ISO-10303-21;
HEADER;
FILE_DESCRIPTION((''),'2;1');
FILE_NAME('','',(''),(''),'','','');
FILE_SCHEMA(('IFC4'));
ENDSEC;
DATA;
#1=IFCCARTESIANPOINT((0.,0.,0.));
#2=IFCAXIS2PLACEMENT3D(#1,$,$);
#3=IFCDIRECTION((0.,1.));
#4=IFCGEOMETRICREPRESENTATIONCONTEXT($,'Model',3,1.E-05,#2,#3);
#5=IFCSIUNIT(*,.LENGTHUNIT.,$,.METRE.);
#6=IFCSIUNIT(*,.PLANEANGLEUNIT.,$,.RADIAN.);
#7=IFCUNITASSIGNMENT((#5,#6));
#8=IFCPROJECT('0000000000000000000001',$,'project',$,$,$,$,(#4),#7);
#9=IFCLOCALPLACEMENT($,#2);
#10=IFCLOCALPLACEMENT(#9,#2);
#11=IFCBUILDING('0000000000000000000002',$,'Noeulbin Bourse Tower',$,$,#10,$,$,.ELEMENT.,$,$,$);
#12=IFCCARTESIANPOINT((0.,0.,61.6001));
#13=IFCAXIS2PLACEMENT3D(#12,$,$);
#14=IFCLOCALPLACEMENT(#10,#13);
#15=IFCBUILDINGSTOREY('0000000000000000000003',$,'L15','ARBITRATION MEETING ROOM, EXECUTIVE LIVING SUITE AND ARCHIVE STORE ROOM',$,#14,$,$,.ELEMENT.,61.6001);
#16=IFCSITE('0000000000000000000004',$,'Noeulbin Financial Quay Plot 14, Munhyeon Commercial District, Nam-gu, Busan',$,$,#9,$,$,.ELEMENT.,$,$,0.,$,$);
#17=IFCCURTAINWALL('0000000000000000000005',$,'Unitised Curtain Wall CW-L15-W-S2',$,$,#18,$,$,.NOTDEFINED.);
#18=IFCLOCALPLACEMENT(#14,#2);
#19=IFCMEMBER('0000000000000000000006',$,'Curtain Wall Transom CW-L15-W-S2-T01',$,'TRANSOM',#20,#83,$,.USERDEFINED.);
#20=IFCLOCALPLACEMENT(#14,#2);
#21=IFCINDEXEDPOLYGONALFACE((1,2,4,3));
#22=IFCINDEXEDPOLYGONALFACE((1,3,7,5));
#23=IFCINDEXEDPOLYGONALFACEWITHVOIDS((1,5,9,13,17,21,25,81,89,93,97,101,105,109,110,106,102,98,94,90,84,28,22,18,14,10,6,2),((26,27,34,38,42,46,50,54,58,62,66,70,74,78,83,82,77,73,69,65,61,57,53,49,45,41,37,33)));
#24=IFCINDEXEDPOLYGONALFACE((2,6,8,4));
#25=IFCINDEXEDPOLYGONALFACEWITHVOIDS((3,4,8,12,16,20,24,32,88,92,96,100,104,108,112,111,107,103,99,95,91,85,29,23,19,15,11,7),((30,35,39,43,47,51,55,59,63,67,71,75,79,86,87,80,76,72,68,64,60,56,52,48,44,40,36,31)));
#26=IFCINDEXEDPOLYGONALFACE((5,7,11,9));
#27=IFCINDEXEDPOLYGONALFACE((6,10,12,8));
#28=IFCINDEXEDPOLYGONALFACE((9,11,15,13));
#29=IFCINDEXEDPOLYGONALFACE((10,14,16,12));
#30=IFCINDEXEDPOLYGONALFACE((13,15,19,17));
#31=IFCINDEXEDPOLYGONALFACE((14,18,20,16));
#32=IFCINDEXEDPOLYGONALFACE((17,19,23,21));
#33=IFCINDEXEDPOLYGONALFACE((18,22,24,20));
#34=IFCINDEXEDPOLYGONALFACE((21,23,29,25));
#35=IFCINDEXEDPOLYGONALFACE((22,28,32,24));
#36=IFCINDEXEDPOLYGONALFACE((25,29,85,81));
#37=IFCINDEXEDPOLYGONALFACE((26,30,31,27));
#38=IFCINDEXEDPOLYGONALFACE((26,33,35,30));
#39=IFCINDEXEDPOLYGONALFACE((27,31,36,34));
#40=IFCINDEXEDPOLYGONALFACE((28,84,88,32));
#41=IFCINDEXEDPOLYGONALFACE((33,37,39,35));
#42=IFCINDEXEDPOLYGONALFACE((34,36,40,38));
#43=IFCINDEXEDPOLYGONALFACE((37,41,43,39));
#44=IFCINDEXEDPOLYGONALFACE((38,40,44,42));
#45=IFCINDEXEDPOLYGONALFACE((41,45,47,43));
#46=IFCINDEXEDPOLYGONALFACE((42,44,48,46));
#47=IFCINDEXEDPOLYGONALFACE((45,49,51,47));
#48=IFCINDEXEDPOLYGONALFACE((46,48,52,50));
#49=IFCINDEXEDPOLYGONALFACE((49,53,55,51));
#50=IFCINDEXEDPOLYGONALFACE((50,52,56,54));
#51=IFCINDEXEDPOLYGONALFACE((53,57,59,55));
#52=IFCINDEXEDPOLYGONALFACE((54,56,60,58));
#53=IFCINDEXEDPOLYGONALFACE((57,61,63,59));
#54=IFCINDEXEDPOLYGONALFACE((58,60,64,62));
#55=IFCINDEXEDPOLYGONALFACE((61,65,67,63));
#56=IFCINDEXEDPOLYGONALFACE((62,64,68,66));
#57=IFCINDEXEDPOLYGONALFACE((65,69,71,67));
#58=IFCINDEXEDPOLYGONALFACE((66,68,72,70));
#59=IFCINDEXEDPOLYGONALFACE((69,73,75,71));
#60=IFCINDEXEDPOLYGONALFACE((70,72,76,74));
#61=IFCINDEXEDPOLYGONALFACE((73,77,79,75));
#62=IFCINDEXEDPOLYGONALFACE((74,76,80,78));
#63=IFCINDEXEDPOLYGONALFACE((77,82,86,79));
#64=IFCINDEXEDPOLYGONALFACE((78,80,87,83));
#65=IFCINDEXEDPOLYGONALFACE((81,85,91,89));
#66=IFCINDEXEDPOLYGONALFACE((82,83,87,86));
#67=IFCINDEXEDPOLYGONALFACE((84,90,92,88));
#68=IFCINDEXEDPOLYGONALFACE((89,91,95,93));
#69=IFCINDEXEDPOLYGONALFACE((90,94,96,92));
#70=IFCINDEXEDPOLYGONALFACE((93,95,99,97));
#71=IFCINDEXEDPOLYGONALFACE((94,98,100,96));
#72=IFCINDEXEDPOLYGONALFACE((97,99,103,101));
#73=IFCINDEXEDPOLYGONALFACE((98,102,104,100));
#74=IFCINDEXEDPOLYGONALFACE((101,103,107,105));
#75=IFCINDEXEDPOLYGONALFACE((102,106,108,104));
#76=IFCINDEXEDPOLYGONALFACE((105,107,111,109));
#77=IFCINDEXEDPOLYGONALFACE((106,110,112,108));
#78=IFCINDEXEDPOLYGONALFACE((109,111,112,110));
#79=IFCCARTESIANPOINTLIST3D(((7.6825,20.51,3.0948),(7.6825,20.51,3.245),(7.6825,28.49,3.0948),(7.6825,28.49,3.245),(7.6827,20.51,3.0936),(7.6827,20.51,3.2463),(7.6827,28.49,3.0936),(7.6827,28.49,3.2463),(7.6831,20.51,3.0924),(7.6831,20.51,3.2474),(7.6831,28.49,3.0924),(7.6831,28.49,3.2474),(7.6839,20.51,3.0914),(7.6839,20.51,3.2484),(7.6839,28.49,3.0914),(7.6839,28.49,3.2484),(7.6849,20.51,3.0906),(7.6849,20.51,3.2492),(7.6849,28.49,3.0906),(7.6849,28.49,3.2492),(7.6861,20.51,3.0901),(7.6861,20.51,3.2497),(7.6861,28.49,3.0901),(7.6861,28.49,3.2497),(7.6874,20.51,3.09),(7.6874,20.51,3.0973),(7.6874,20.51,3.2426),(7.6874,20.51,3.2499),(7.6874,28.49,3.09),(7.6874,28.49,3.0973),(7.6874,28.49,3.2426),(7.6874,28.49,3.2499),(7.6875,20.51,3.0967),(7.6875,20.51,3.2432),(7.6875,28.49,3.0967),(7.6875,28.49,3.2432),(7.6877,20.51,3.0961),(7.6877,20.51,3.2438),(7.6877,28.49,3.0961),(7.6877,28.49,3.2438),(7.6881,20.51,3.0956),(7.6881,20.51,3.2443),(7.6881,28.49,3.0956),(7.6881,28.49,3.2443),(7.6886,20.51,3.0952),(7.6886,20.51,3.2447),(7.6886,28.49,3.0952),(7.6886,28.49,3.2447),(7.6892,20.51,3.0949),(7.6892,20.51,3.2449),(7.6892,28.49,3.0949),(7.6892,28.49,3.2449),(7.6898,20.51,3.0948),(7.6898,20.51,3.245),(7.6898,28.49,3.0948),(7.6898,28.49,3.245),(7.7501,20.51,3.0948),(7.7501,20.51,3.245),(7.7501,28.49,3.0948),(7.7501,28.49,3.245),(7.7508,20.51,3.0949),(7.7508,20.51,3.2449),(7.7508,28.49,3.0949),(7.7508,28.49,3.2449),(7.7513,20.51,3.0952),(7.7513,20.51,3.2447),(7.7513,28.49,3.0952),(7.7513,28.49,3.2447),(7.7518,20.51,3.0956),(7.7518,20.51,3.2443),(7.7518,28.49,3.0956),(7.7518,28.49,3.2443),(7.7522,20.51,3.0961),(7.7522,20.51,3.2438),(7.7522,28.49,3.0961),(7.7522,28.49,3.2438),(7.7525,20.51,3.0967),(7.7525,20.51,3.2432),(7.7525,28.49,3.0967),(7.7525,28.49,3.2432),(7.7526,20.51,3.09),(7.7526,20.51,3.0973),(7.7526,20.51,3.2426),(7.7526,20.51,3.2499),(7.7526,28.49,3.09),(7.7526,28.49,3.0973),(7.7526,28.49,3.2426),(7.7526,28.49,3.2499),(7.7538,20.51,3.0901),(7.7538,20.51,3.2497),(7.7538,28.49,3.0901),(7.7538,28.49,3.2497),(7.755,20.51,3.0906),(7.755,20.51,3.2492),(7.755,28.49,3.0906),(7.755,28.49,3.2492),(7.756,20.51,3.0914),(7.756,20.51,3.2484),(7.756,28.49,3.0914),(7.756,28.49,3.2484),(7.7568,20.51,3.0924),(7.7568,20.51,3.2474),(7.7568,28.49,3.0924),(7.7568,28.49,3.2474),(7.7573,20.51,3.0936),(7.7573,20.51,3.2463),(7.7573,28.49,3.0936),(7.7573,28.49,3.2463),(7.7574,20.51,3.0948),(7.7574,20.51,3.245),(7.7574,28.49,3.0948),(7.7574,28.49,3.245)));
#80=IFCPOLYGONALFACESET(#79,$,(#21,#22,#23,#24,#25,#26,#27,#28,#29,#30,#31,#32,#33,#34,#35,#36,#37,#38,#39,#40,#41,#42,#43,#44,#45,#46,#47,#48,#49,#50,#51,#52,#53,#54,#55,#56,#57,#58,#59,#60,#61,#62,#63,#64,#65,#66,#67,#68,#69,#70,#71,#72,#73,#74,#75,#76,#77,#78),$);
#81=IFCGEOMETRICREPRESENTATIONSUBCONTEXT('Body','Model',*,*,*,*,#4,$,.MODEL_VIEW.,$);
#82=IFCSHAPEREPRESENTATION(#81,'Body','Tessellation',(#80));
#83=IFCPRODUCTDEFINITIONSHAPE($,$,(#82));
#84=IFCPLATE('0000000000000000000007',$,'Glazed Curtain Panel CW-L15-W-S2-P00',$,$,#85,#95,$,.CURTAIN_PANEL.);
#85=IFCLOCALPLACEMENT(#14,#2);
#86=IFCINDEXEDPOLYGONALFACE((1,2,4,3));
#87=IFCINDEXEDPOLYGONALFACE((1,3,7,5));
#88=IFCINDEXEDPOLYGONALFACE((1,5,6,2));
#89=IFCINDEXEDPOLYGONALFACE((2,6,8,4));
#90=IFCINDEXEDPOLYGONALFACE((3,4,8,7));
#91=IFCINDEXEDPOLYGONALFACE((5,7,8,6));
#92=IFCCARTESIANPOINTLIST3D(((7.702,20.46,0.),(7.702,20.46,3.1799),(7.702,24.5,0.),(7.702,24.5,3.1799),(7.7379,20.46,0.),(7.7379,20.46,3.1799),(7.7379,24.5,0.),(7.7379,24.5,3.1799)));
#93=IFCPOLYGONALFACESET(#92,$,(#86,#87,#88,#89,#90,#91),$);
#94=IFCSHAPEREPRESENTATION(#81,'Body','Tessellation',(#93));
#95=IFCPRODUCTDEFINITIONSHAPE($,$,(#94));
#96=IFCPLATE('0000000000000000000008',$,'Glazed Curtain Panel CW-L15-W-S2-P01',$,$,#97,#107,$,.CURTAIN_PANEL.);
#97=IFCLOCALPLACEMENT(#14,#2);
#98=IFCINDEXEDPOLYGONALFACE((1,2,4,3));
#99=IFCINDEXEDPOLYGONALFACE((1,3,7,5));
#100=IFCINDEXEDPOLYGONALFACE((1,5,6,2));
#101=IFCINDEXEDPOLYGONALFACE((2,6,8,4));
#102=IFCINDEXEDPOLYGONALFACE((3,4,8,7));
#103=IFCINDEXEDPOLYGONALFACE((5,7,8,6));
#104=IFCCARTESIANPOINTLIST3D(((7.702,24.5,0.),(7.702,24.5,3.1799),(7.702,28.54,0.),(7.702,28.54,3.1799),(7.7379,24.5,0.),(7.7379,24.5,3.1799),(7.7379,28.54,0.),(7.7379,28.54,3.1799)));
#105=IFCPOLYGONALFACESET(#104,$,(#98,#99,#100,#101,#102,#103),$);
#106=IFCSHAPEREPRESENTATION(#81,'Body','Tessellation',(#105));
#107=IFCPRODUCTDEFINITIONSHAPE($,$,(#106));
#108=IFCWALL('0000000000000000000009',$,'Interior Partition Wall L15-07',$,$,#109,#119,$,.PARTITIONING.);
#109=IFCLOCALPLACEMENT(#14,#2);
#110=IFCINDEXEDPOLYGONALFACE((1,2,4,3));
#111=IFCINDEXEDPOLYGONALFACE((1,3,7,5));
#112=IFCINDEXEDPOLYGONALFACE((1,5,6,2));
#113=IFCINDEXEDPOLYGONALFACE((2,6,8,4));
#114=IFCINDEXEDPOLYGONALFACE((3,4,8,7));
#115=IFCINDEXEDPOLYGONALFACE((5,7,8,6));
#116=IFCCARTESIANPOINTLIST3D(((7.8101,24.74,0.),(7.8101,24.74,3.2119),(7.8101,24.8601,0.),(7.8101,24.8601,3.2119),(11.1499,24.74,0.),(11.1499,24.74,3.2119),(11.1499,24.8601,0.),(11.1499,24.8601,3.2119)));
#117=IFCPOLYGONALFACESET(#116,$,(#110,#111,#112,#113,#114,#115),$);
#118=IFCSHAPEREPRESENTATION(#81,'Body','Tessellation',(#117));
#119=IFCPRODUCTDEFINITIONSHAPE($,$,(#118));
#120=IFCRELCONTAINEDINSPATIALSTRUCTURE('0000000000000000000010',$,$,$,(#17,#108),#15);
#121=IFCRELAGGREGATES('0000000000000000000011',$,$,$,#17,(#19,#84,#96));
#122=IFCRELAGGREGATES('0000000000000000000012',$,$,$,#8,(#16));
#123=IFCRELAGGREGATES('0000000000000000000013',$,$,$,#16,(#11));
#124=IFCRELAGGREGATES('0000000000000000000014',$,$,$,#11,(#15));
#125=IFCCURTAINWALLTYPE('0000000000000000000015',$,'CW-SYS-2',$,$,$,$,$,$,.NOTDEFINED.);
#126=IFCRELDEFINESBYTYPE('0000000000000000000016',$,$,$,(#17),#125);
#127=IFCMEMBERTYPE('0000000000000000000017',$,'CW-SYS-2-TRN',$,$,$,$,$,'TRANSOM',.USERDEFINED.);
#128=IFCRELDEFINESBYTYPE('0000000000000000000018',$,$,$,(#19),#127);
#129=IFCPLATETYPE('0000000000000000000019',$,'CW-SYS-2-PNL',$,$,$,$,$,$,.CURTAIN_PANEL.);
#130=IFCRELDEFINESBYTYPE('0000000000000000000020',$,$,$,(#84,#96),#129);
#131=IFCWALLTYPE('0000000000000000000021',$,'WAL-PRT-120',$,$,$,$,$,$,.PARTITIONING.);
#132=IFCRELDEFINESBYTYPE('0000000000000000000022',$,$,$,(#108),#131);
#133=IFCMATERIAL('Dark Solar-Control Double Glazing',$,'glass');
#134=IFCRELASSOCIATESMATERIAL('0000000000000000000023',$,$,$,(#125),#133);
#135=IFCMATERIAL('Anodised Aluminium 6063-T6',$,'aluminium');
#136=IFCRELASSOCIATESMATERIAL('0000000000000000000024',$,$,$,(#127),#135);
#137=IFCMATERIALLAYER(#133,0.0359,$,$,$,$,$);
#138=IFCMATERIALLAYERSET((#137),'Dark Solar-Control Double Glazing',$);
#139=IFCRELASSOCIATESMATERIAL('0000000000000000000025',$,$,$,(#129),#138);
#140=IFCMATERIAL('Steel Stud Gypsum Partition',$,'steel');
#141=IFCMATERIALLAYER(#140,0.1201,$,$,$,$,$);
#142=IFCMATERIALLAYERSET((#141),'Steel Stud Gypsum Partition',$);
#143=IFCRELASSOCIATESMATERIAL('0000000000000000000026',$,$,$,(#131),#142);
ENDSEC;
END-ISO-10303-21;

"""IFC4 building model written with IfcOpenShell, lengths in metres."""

from ifc_helpers import new_model, si_unit, direction, frame, frame_2d, origin, origin_2d, place, context, subcontext, project, spatial, rectangle, hollow_rectangle, extrude, material, layer, layer_set, material_profile, profile_set, type_object, element, aggregate, save


model = new_model("IFC4")

# Units and contexts
model_context = context("Model", 3, precision=1e-05, world=origin(), true_north=direction((0.0, 1.0)))
body_context = subcontext(model_context, "Body", "Model", "MODEL_VIEW")
ifc_project = project(units=[si_unit("LENGTHUNIT", "METRE"), si_unit("PLANEANGLEUNIT", "RADIAN")], contexts=[model_context])

# Site, building, storey
site_placement = place(None, origin())
site = spatial("IfcSite", under=ifc_project, at=site_placement, Name="Noeulbin Financial Quay Plot 14, Munhyeon Commercial District, Nam-gu, Busan", CompositionType="ELEMENT", RefElevation=0.0)
building_placement = place(site_placement, origin())
building = spatial("IfcBuilding", under=site, at=building_placement, Name="Noeulbin Bourse Tower", CompositionType="ELEMENT")
storey_placement = place(building_placement, frame((0.0, 0.0, 61.6001)))
storey = spatial("IfcBuildingStorey", under=building, at=storey_placement, Name="L15", Description="ARBITRATION MEETING ROOM, EXECUTIVE LIVING SUITE AND ARCHIVE STORE ROOM", CompositionType="ELEMENT", Elevation=61.6001)

# Curtain wall, member, plates
ifc_material_1 = material(Name="Dark Solar-Control Double Glazing", Category="glass")
curtain_wall_type = type_object("IfcCurtainWallType", Name="CW-SYS-2", PredefinedType="NOTDEFINED", material=ifc_material_1)
curtain_wall_placement = place(storey_placement, origin())
curtain_wall = element("IfcCurtainWall", 1, at=curtain_wall_placement, inside=storey, type_object=curtain_wall_type, Name="Unitised Curtain Wall CW-L15-W-S2", PredefinedType="NOTDEFINED")
ifc_material_2 = material(Name="Anodised Aluminium 6063-T6", Category="aluminium")
ifc_material_profile_1 = material_profile(ifc_material_2, hollow_rectangle(XDim=0.075, YDim=0.1599, WallThickness=0.0049, InnerFilletRadius=0.0024, OuterFilletRadius=0.0049, at=origin_2d()), Name="ALU-TRAN-75x160x5", Category="LoadBearing")
ifc_profile_set_1 = profile_set([ifc_material_profile_1], Name="Anodised Aluminium 6063-T6")
member_type_1 = type_object("IfcMemberType", Name="CW-SYS-2-TRN", ElementType="TRANSOM", PredefinedType="USERDEFINED", material=ifc_profile_set_1)
member_1_placement = place(storey_placement, frame((7.72, 20.51, 3.1699), z_axis=(0.0, 1.0, 0.0), x_axis=(-1.0, 0.0, 0.0)))
member_1 = element("IfcMember", 2, at=member_1_placement, type_object=member_type_1, Name="Curtain Wall Transom CW-L15-W-S2-T01", ObjectType="TRANSOM", PredefinedType="USERDEFINED", context=body_context, shape_type="SweptSolid", body=[
    extrude(hollow_rectangle(XDim=0.075, YDim=0.1599, WallThickness=0.0049, InnerFilletRadius=0.0024, OuterFilletRadius=0.0049, at=origin_2d()), origin(), (0.0, 0.0, 1.0), 7.98),
])
ifc_layer_1 = layer(ifc_material_1, 0.0359)
ifc_layer_set_1 = layer_set([ifc_layer_1], Name="Dark Solar-Control Double Glazing")
plate_type = type_object("IfcPlateType", Name="CW-SYS-2-PNL", PredefinedType="CURTAIN_PANEL", material=ifc_layer_set_1)
plate_1_placement = place(storey_placement, frame((7.72, 22.48, 0.0), z_axis=(0.0, 0.0, 1.0), x_axis=(0.0, 1.0, 0.0)))
plate_1 = element("IfcPlate", 3, at=plate_1_placement, type_object=plate_type, Name="Glazed Curtain Panel CW-L15-W-S2-P00", PredefinedType="CURTAIN_PANEL", context=body_context, shape_type="SweptSolid", body=[
    extrude(rectangle(XDim=4.04, YDim=0.0359, at=origin_2d()), origin(), (0.0, 0.0, 1.0), 3.1799),
])
plate_2_placement = place(storey_placement, frame((7.72, 26.52, 0.0), z_axis=(0.0, 0.0, 1.0), x_axis=(0.0, 1.0, 0.0)))
plate_2 = element("IfcPlate", 4, at=plate_2_placement, type_object=plate_type, Name="Glazed Curtain Panel CW-L15-W-S2-P01", PredefinedType="CURTAIN_PANEL", context=body_context, shape_type="SweptSolid", body=[
    extrude(rectangle(XDim=4.04, YDim=0.0359, at=origin_2d()), origin(), (0.0, 0.0, 1.0), 3.1799),
])
aggregate(curtain_wall, [member_1, plate_1, plate_2])

# Wall
ifc_material_3 = material(Name="Steel Stud Gypsum Partition", Category="steel")
ifc_layer_2 = layer(ifc_material_3, 0.1201)
ifc_layer_set_2 = layer_set([ifc_layer_2], Name="Steel Stud Gypsum Partition")
wall_type = type_object("IfcWallType", Name="WAL-PRT-120", PredefinedType="PARTITIONING", material=ifc_layer_set_2)
wall_placement = place(storey_placement, frame((7.8101, 24.8, 0.0), z_axis=(0.0, 0.0, 1.0), x_axis=(1.0, 0.0, 0.0)))
element("IfcWall", 5, at=wall_placement, inside=storey, type_object=wall_type, Name="Interior Partition Wall L15-07", PredefinedType="PARTITIONING", context=body_context, shape_type="SweptSolid", body=[
    extrude(rectangle(XDim=3.3398, YDim=0.1201, at=frame_2d((1.6699, 0.0))), origin(), (0.0, 0.0, 1.0), 3.2119),
])

save(model, "model.ifc")
